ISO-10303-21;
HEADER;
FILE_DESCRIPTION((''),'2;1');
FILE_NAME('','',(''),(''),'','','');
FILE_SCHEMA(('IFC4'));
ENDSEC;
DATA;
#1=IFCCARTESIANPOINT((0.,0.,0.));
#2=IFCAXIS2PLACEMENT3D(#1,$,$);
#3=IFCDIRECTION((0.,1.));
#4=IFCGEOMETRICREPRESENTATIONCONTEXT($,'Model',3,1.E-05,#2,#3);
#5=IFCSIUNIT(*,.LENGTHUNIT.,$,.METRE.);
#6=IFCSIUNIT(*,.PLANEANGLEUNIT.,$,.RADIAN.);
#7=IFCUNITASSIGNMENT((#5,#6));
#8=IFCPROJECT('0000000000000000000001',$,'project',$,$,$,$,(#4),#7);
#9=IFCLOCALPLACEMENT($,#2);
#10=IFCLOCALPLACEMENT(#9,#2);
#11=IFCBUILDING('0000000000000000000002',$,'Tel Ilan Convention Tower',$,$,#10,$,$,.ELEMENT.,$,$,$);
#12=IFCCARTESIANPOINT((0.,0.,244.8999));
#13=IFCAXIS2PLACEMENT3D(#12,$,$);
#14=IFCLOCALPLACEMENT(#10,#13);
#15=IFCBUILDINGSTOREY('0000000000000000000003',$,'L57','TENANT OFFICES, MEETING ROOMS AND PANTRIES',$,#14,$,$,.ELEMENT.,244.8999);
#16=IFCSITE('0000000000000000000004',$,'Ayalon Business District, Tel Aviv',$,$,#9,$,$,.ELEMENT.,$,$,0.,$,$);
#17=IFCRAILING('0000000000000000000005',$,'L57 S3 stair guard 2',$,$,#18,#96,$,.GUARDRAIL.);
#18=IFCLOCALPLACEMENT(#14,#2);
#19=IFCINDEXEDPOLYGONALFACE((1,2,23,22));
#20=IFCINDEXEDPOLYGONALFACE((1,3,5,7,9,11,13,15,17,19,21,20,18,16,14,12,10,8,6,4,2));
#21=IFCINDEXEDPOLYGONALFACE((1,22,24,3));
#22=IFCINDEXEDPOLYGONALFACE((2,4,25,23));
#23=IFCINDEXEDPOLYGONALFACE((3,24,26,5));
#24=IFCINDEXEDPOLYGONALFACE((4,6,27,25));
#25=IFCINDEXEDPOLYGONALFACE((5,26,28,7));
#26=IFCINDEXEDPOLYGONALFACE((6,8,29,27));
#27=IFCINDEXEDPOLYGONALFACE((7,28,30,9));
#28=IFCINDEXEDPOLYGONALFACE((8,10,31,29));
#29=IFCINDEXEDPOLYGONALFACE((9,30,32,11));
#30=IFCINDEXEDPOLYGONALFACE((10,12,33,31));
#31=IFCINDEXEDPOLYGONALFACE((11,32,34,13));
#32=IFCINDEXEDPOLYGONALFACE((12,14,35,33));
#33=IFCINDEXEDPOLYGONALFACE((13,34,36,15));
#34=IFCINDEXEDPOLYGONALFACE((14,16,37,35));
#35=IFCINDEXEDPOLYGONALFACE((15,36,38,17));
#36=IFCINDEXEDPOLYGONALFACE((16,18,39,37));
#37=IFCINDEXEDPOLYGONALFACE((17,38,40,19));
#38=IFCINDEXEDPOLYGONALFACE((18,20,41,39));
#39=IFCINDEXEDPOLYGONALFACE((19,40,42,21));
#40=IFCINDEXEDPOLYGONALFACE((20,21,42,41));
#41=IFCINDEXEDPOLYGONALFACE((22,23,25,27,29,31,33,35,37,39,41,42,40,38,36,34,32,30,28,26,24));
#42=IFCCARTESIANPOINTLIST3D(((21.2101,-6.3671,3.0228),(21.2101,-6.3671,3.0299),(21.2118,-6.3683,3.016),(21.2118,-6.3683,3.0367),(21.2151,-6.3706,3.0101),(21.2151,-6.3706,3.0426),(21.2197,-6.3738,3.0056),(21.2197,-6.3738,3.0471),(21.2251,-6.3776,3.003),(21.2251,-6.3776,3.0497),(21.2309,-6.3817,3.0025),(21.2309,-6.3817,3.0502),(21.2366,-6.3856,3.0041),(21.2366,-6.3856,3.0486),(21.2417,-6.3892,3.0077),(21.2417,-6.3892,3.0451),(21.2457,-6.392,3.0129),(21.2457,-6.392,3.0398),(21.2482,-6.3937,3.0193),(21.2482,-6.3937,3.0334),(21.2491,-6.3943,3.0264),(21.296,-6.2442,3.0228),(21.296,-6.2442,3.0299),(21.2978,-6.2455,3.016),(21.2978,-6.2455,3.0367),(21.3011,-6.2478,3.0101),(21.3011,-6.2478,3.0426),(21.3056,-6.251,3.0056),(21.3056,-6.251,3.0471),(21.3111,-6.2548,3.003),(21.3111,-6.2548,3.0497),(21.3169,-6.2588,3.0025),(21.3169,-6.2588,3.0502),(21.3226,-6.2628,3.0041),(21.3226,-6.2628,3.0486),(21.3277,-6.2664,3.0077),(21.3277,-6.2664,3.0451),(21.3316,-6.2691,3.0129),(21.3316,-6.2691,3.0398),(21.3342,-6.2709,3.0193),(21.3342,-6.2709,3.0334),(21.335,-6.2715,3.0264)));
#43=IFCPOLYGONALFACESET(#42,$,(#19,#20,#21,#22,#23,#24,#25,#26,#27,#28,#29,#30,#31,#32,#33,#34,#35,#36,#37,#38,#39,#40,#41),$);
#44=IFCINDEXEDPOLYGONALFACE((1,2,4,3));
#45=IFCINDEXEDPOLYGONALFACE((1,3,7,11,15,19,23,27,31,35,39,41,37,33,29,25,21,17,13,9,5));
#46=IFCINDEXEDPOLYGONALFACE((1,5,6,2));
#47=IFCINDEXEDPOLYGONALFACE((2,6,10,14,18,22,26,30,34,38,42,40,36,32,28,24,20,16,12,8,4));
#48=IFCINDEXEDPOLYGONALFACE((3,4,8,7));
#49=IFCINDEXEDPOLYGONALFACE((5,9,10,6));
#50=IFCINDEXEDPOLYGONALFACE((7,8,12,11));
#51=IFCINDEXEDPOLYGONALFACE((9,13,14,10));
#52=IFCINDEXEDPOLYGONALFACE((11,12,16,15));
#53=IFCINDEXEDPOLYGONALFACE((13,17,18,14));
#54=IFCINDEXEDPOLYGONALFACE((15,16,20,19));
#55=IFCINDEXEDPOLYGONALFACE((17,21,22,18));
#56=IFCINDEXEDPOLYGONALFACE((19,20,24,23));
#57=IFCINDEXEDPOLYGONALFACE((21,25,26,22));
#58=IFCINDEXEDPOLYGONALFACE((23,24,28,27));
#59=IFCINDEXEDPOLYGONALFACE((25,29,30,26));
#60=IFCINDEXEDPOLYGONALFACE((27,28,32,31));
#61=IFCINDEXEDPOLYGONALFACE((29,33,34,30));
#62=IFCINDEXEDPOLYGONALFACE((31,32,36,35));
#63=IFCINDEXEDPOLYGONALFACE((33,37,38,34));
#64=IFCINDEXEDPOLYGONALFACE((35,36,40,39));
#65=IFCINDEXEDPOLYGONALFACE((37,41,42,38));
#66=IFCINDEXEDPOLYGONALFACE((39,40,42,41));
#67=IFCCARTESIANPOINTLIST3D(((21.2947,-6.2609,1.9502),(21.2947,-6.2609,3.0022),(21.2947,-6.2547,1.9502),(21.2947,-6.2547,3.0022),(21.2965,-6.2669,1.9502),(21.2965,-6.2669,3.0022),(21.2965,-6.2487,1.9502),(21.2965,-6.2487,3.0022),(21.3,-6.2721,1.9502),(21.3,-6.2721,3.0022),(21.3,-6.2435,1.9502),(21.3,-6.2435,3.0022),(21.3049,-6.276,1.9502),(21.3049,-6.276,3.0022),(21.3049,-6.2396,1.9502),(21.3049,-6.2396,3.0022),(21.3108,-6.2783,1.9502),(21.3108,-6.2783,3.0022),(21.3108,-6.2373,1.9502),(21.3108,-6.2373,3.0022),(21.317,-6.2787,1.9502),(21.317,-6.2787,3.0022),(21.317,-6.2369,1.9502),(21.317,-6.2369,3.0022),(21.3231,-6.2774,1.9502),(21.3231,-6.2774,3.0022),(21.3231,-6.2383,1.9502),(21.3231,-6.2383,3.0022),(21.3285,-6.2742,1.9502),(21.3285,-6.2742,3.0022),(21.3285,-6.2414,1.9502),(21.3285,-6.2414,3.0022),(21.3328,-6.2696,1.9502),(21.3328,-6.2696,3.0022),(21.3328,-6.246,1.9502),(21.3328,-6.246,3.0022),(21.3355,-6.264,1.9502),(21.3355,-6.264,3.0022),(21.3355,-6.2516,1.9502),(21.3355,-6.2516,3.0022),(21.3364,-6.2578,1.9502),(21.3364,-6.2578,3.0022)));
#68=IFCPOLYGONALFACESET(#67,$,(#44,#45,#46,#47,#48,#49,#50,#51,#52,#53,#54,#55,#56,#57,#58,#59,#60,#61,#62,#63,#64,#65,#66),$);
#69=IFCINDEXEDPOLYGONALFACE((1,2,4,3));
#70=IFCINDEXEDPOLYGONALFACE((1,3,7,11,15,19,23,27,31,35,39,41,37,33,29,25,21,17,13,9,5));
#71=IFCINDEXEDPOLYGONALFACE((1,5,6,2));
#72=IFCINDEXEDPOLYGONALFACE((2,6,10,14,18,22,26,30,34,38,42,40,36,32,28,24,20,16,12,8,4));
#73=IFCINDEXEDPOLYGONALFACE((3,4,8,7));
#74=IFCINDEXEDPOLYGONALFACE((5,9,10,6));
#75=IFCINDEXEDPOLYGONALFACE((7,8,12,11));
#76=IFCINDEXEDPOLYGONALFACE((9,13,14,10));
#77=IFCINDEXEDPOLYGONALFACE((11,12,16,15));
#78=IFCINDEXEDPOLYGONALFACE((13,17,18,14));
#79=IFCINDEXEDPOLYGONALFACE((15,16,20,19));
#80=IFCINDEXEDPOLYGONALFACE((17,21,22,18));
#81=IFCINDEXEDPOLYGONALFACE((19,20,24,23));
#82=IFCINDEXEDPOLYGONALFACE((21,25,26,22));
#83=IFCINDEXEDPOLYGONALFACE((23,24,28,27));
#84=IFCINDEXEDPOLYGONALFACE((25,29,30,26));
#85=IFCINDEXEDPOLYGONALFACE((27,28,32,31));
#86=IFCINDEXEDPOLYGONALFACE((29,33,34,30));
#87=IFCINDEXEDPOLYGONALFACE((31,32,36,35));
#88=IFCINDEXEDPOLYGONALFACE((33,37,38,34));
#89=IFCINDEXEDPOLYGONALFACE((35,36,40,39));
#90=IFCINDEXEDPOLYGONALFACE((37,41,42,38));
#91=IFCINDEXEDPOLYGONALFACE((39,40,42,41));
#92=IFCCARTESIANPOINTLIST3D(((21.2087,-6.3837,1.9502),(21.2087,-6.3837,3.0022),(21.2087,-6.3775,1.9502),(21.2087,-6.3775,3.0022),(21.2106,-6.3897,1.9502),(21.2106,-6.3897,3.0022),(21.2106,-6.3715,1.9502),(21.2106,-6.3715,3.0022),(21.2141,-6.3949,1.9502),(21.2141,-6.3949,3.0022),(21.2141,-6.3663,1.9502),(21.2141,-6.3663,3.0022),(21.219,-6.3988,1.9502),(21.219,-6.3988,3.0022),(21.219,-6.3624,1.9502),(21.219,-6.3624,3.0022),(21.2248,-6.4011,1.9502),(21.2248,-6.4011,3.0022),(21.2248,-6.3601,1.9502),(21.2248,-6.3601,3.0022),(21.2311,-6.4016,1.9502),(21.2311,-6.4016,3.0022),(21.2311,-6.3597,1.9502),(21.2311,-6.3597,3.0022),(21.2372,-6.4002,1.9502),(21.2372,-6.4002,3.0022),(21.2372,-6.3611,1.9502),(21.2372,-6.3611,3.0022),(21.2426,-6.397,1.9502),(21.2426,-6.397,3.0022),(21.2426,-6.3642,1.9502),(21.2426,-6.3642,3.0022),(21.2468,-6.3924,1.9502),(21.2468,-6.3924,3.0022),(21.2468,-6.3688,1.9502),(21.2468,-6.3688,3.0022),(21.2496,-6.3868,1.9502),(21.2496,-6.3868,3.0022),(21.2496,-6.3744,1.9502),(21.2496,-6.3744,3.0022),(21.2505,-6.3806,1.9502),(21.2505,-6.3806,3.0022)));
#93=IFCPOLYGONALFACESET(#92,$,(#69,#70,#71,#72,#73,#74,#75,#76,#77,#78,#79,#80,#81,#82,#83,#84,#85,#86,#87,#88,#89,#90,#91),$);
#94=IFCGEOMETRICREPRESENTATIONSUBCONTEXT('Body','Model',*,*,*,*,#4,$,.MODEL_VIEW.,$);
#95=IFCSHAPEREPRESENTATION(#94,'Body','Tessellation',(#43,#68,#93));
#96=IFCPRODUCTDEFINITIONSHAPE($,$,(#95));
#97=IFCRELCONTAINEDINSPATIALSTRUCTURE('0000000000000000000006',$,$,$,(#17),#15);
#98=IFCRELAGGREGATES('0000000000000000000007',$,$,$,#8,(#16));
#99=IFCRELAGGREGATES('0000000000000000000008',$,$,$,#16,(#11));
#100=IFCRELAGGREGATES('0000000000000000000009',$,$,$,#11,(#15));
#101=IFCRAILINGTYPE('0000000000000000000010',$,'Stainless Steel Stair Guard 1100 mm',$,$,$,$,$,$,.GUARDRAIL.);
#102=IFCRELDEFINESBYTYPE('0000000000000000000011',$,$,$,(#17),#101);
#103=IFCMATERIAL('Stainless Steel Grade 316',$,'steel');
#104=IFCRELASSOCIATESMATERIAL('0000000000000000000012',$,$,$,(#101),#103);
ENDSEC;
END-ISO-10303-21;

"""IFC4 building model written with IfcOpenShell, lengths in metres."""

from ifc_helpers import new_model, si_unit, direction, frame, origin, origin_2d, place, context, subcontext, project, spatial, circle, extrude, material, type_object, element, save


model = new_model("IFC4")

# Units and contexts
model_context = context("Model", 3, precision=1e-05, world=origin(), true_north=direction((0.0, 1.0)))
body_context = subcontext(model_context, "Body", "Model", "MODEL_VIEW")
ifc_project = project(units=[si_unit("LENGTHUNIT", "METRE"), si_unit("PLANEANGLEUNIT", "RADIAN")], contexts=[model_context])

# Site, building, storey
site_placement = place(None, origin())
site = spatial("IfcSite", under=ifc_project, at=site_placement, Name="Ayalon Business District, Tel Aviv", CompositionType="ELEMENT", RefElevation=0.0)
building_placement = place(site_placement, origin())
building = spatial("IfcBuilding", under=site, at=building_placement, Name="Tel Ilan Convention Tower", CompositionType="ELEMENT")
storey_placement = place(building_placement, frame((0.0, 0.0, 244.8999)))
storey = spatial("IfcBuildingStorey", under=building, at=storey_placement, Name="L57", Description="TENANT OFFICES, MEETING ROOMS AND PANTRIES", CompositionType="ELEMENT", Elevation=244.8999)

# Railing
ifc_material_1 = material(Name="Stainless Steel Grade 316", Category="steel")
railing_type_1 = type_object("IfcRailingType", Name="Stainless Steel Stair Guard 1100 mm", PredefinedType="GUARDRAIL", material=ifc_material_1)
railing_1_placement = place(storey_placement, frame((21.3154, -6.2578, 1.9502)))
element("IfcRailing", 1, at=railing_1_placement, inside=storey, type_object=railing_type_1, Name="L57 S3 stair guard 2", PredefinedType="GUARDRAIL", context=body_context, shape_type="SweptSolid", body=[
    extrude(circle(Radius=0.0239, at=origin_2d()), frame((0.0, 0.0, 1.0762), z_axis=(-0.573353, -0.819308, 0.0), x_axis=(0.819308, -0.573353, 0.0)), (0.0, 0.0, 1.0), 0.1499),
    extrude(circle(Radius=0.021, at=origin_2d()), origin(), (0.0, 0.0, 1.0), 1.052),
    extrude(circle(Radius=0.021, at=origin_2d()), frame((-0.0859, -0.1228, 0.0)), (0.0, 0.0, 1.0), 1.052),
])

save(model, "model.ifc")
